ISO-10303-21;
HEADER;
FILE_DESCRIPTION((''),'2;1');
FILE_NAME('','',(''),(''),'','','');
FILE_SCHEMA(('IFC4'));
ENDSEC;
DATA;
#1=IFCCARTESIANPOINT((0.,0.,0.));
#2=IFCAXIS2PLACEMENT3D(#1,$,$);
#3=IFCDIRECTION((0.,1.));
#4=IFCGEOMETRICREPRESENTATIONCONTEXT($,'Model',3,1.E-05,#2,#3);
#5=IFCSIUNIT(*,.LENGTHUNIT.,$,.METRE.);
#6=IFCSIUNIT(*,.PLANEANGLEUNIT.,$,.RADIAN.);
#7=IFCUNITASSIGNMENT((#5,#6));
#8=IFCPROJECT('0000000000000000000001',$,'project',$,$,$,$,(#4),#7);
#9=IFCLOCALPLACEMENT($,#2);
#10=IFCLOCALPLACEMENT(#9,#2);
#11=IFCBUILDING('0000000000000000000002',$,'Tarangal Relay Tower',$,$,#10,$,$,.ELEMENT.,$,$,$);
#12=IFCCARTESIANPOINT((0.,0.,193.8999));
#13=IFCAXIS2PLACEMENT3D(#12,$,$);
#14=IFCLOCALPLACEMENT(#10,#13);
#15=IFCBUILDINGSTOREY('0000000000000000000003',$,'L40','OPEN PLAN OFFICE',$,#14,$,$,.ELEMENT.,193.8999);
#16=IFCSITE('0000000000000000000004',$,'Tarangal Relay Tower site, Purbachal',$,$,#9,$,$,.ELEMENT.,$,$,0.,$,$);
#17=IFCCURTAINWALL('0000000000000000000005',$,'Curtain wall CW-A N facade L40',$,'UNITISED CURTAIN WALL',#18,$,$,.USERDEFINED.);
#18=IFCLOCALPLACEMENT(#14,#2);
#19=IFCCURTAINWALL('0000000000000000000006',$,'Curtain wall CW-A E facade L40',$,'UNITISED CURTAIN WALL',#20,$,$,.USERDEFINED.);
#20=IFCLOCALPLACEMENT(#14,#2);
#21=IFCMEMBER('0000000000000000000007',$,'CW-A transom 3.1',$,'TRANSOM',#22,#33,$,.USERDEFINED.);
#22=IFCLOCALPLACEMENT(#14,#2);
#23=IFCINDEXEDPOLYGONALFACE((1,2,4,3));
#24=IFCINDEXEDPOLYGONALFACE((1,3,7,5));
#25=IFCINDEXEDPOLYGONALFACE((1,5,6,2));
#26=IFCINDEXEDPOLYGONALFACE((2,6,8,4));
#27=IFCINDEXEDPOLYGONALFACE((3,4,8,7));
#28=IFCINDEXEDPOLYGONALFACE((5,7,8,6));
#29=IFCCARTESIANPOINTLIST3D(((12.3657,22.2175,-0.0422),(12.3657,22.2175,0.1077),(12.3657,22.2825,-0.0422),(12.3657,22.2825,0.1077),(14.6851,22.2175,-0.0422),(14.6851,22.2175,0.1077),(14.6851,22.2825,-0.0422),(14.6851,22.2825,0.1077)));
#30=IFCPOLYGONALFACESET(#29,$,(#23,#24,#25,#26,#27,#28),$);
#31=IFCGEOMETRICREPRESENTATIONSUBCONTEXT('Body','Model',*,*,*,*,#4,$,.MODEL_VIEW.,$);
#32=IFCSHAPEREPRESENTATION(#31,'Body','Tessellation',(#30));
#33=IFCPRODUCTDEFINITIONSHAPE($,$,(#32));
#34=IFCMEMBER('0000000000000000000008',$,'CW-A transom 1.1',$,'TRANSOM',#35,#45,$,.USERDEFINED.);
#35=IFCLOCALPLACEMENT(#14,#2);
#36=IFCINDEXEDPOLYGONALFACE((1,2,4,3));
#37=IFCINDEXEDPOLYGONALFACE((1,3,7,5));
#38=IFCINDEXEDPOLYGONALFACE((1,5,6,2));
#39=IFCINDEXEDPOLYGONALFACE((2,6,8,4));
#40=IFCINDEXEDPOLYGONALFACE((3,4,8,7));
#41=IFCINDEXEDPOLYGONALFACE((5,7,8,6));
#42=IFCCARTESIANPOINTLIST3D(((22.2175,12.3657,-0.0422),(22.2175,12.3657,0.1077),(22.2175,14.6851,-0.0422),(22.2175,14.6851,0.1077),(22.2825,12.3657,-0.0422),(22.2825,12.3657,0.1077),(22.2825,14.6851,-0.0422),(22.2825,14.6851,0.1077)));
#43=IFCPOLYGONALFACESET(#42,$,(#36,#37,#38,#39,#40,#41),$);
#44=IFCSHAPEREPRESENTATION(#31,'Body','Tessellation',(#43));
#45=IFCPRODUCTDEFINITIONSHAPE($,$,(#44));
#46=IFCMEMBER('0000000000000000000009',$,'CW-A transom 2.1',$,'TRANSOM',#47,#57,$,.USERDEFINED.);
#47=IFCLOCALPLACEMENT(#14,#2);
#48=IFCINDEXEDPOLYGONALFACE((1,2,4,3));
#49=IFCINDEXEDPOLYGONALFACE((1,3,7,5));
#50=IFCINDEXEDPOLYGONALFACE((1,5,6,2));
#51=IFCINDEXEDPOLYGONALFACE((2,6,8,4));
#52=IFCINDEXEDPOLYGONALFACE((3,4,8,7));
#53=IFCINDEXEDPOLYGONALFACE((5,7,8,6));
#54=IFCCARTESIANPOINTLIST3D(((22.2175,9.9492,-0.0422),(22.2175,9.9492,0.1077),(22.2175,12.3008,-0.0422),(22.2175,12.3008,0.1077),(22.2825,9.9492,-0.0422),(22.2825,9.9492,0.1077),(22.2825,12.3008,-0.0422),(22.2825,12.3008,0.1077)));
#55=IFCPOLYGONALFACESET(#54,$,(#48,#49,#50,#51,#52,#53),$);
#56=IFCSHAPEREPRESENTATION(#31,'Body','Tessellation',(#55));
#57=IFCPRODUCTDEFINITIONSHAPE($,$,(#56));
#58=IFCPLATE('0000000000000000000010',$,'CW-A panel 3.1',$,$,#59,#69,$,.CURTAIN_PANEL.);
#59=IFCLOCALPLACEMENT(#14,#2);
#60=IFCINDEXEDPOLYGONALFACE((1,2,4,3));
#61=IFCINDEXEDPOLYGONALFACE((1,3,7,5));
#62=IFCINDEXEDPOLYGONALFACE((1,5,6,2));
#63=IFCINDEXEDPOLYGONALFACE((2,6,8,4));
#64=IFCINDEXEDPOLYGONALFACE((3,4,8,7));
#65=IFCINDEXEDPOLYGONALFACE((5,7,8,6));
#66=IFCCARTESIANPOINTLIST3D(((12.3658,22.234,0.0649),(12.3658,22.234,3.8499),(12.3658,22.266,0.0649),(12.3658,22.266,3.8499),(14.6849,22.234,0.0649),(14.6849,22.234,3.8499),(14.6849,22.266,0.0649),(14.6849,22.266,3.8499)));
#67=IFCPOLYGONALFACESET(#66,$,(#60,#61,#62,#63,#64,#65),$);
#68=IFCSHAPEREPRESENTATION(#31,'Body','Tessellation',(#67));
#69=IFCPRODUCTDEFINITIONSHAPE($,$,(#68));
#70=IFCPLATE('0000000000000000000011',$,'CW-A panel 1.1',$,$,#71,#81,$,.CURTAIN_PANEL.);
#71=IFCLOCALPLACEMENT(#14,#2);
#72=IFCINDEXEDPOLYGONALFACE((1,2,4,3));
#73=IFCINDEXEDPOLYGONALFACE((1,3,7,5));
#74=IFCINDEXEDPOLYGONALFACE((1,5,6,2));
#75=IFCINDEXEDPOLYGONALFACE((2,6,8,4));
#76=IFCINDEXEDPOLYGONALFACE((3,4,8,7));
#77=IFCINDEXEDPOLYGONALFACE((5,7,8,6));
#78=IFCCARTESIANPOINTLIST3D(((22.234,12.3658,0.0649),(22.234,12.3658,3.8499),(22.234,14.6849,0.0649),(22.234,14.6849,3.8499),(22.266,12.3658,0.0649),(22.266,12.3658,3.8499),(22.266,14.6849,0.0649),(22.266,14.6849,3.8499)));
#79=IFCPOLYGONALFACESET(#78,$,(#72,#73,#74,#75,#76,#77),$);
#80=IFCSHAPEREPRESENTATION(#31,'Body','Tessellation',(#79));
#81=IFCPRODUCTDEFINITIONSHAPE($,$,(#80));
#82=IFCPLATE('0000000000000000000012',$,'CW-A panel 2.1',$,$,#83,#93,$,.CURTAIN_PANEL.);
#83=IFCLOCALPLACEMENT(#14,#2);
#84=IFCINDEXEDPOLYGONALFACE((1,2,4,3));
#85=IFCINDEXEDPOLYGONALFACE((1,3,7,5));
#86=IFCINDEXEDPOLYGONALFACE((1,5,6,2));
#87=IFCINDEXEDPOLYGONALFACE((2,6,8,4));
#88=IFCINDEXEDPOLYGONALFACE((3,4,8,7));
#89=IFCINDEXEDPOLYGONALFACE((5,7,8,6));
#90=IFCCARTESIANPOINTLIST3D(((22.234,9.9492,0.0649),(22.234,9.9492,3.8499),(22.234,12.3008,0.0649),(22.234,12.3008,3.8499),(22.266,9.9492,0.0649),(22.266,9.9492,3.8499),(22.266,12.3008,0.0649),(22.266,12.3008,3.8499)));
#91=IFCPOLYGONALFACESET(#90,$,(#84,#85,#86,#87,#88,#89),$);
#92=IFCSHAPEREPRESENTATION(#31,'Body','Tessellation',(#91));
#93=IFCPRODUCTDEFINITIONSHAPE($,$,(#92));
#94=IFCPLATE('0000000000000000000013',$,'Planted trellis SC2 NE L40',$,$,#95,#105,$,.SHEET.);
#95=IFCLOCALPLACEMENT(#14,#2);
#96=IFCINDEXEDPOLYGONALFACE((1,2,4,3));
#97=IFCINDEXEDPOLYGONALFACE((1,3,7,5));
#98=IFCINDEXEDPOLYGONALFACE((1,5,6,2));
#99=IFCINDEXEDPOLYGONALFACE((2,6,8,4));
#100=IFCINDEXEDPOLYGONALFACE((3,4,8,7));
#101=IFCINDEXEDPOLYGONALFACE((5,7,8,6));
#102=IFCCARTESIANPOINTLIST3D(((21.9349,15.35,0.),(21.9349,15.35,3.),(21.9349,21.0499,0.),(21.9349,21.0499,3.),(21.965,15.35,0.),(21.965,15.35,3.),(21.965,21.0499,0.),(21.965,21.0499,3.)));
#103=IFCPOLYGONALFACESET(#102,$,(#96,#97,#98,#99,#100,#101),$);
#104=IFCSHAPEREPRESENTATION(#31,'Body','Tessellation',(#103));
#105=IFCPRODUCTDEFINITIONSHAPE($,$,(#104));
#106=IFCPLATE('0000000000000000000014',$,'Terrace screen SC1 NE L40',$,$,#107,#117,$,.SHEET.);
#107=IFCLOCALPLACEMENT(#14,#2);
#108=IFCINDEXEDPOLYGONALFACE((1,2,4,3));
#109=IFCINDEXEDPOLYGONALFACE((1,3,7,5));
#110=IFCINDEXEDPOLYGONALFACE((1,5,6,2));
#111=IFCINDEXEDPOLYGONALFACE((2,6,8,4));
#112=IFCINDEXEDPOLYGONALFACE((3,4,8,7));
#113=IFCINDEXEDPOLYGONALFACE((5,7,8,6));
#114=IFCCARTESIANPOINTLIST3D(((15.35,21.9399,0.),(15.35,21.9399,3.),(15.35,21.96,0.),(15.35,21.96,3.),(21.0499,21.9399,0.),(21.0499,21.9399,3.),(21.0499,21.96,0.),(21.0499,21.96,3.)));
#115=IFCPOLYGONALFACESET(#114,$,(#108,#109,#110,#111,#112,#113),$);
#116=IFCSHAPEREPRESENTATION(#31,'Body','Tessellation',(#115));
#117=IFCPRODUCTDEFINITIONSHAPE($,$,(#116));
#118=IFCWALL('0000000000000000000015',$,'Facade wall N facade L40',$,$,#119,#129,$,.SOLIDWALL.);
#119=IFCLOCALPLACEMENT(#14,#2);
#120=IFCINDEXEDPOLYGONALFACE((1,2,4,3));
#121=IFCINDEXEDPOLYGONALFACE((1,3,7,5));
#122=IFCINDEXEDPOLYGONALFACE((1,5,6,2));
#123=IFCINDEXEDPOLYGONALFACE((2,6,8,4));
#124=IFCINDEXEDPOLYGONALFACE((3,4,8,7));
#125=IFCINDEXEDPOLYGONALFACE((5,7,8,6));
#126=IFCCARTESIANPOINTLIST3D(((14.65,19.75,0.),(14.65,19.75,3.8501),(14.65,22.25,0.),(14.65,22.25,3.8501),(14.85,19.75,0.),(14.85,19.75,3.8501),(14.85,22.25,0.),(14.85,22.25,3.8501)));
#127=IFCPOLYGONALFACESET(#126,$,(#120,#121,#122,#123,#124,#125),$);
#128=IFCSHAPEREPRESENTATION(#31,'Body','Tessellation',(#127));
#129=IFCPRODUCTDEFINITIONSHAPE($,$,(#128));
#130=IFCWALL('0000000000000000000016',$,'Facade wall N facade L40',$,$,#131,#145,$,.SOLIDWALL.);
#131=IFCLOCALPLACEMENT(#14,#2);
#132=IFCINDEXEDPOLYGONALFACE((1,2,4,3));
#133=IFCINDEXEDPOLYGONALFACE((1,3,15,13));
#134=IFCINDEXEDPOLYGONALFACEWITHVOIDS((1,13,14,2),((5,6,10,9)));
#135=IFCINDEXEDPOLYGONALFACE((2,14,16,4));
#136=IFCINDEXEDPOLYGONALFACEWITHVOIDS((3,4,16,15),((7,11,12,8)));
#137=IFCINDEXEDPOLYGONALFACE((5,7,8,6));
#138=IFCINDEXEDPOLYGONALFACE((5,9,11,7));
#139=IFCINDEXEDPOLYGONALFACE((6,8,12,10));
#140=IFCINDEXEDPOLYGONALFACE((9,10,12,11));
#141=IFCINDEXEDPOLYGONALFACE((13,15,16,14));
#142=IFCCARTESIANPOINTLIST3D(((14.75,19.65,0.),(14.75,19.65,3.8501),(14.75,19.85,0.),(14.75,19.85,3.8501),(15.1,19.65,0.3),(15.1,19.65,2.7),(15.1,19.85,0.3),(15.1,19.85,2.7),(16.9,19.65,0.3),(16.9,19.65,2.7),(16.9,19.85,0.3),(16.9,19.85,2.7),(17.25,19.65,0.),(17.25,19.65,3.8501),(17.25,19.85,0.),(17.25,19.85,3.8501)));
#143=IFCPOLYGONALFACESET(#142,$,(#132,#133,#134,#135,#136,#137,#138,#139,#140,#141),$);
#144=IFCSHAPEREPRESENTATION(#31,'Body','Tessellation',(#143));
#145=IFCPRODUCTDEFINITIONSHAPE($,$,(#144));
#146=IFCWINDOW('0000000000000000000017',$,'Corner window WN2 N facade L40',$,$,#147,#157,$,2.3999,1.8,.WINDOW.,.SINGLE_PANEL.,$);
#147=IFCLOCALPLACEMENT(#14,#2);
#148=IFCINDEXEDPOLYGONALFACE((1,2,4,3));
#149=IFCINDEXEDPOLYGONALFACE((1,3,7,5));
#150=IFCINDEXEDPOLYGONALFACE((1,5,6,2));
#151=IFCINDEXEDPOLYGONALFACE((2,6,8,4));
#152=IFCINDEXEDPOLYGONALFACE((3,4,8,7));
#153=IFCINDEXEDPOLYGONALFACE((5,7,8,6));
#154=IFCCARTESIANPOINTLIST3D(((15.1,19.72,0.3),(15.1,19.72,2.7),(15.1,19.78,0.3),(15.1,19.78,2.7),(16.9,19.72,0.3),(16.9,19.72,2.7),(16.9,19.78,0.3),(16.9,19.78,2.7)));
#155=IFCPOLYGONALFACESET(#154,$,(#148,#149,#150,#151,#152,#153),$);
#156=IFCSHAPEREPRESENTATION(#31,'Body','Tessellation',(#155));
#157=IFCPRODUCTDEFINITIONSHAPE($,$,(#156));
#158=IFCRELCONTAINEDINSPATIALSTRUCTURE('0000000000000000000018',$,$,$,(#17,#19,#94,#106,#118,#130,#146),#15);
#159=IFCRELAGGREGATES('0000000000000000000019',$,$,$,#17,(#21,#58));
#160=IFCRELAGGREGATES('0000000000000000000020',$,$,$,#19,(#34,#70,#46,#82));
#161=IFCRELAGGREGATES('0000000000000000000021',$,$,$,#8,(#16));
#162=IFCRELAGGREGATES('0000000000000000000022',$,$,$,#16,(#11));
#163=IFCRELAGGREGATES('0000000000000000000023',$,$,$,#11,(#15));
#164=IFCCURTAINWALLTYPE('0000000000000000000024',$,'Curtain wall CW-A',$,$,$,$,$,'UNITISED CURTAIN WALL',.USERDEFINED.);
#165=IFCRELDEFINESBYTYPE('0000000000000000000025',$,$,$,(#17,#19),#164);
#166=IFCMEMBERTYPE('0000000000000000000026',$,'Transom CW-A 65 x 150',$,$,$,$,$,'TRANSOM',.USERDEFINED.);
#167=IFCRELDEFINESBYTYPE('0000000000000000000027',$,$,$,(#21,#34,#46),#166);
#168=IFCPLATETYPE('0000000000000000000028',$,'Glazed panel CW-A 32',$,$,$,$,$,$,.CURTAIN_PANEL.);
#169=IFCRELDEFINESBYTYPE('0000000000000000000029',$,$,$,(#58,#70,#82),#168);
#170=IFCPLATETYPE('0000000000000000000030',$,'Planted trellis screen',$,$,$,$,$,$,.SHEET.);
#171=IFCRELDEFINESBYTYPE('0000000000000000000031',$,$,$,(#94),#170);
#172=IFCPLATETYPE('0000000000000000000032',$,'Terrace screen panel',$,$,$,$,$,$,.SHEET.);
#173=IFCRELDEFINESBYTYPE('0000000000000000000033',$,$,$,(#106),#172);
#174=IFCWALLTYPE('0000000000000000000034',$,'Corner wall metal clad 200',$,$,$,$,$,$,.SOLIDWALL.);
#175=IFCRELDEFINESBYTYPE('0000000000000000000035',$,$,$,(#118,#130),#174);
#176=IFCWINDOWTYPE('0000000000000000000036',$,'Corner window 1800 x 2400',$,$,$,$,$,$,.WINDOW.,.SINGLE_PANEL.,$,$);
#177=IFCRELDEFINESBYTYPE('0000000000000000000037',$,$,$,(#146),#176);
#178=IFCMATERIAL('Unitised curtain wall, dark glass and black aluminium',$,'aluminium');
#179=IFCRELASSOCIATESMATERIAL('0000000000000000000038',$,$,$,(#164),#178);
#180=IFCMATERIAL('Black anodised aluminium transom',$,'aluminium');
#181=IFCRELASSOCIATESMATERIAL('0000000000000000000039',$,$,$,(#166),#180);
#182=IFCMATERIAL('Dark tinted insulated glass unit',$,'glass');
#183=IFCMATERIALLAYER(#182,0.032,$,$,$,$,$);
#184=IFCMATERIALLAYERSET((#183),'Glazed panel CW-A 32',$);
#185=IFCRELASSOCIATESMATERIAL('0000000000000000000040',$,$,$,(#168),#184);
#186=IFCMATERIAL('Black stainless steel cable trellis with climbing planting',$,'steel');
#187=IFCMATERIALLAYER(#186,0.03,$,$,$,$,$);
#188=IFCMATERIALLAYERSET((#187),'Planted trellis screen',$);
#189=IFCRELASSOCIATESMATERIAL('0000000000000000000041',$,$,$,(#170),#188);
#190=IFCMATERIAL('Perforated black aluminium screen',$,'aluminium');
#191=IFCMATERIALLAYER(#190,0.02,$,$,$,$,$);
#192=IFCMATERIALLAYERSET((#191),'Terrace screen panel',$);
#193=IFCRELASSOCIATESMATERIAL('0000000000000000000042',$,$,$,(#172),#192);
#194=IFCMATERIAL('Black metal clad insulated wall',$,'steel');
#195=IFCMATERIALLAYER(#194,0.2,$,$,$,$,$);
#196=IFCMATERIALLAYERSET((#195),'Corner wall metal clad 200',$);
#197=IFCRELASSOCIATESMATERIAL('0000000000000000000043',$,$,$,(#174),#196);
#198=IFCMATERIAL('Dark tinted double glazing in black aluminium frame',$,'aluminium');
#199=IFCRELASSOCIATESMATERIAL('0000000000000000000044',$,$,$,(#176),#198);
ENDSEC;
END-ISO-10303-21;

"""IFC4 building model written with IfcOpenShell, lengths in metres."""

from ifc_helpers import new_model, si_unit, direction, frame, frame_2d, origin, origin_2d, place, context, subcontext, project, spatial, rectangle, extrude, material, layer, layer_set, material_profile, profile_set, type_object, element, fill, aggregate, save


model = new_model("IFC4")

# Units and contexts
model_context = context("Model", 3, precision=1e-05, world=origin(), true_north=direction((0.0, 1.0)))
body_context = subcontext(model_context, "Body", "Model", "MODEL_VIEW")
ifc_project = project(units=[si_unit("LENGTHUNIT", "METRE"), si_unit("PLANEANGLEUNIT", "RADIAN")], contexts=[model_context])

# Site, building, storey
site_placement = place(None, origin())
site = spatial("IfcSite", under=ifc_project, at=site_placement, Name="Tarangal Relay Tower site, Purbachal", CompositionType="ELEMENT", RefElevation=0.0)
building_placement = place(site_placement, origin())
building = spatial("IfcBuilding", under=site, at=building_placement, Name="Tarangal Relay Tower", CompositionType="ELEMENT")
storey_placement = place(building_placement, frame((0.0, 0.0, 193.8999)))
storey = spatial("IfcBuildingStorey", under=building, at=storey_placement, Name="L40", Description="OPEN PLAN OFFICE", CompositionType="ELEMENT", Elevation=193.8999)

# Curtain walls
ifc_material_1 = material(Name="Unitised curtain wall, dark glass and black aluminium", Category="aluminium")
curtain_wall_type = type_object("IfcCurtainWallType", Name="Curtain wall CW-A", ElementType="UNITISED CURTAIN WALL", PredefinedType="USERDEFINED", material=ifc_material_1)
curtain_wall_1_placement = place(storey_placement, origin())
curtain_wall_1 = element("IfcCurtainWall", 1, at=curtain_wall_1_placement, inside=storey, type_object=curtain_wall_type, Name="Curtain wall CW-A N facade L40", ObjectType="UNITISED CURTAIN WALL", PredefinedType="USERDEFINED")
curtain_wall_2_placement = place(storey_placement, origin())
curtain_wall_2 = element("IfcCurtainWall", 2, at=curtain_wall_2_placement, inside=storey, type_object=curtain_wall_type, Name="Curtain wall CW-A E facade L40", ObjectType="UNITISED CURTAIN WALL", PredefinedType="USERDEFINED")

# Members
ifc_material_2 = material(Name="Black anodised aluminium transom", Category="aluminium")
ifc_material_profile_1 = material_profile(ifc_material_2, rectangle(XDim=0.0649, YDim=0.1499, at=origin_2d()), Name="CW-AT 65X150")
ifc_profile_set_1 = profile_set([ifc_material_profile_1], Name="Black anodised aluminium transom")
member_type_1 = type_object("IfcMemberType", Name="Transom CW-A 65 x 150", ElementType="TRANSOM", PredefinedType="USERDEFINED", material=ifc_profile_set_1)
member_1_placement = place(storey_placement, frame((12.3657, 22.25, 0.0327), z_axis=(1.0, 0.0, 0.0), x_axis=(0.0, 1.0, 0.0)))
member_1 = element("IfcMember", 3, at=member_1_placement, type_object=member_type_1, Name="CW-A transom 3.1", ObjectType="TRANSOM", PredefinedType="USERDEFINED", context=body_context, shape_type="SweptSolid", body=[
    extrude(rectangle(XDim=0.0649, YDim=0.1499, at=origin_2d()), origin(), (0.0, 0.0, 1.0), 2.3193),
])
member_2_placement = place(storey_placement, frame((22.25, 14.6851, 0.0327), z_axis=(0.0, -1.0, 0.0), x_axis=(1.0, 0.0, 0.0)))
member_2 = element("IfcMember", 4, at=member_2_placement, type_object=member_type_1, Name="CW-A transom 1.1", ObjectType="TRANSOM", PredefinedType="USERDEFINED", context=body_context, shape_type="SweptSolid", body=[
    extrude(rectangle(XDim=0.0649, YDim=0.1499, at=origin_2d()), origin(), (0.0, 0.0, 1.0), 2.3193),
])
member_3_placement = place(storey_placement, frame((22.25, 12.3008, 0.0327), z_axis=(0.0, -1.0, 0.0), x_axis=(1.0, 0.0, 0.0)))
member_3 = element("IfcMember", 5, at=member_3_placement, type_object=member_type_1, Name="CW-A transom 2.1", ObjectType="TRANSOM", PredefinedType="USERDEFINED", context=body_context, shape_type="SweptSolid", body=[
    extrude(rectangle(XDim=0.0649, YDim=0.1499, at=origin_2d()), origin(), (0.0, 0.0, 1.0), 2.3516),
])

# Plates
ifc_material_3 = material(Name="Dark tinted insulated glass unit", Category="glass")
ifc_layer_1 = layer(ifc_material_3, 0.032)
ifc_layer_set_1 = layer_set([ifc_layer_1], Name="Glazed panel CW-A 32")
plate_type_1 = type_object("IfcPlateType", Name="Glazed panel CW-A 32", PredefinedType="CURTAIN_PANEL", material=ifc_layer_set_1)
plate_1_placement = place(storey_placement, frame((13.5254, 22.25, 0.0649), z_axis=(0.0, 0.0, 1.0), x_axis=(1.0, 0.0, 0.0)))
plate_1 = element("IfcPlate", 6, at=plate_1_placement, type_object=plate_type_1, Name="CW-A panel 3.1", PredefinedType="CURTAIN_PANEL", context=body_context, shape_type="SweptSolid", body=[
    extrude(rectangle(XDim=2.3191, YDim=0.032, at=origin_2d()), origin(), (0.0, 0.0, 1.0), 3.7849),
])
aggregate(curtain_wall_1, [member_1, plate_1])
plate_2_placement = place(storey_placement, frame((22.25, 13.5254, 0.0649), z_axis=(0.0, 0.0, 1.0), x_axis=(0.0, -1.0, 0.0)))
plate_2 = element("IfcPlate", 7, at=plate_2_placement, type_object=plate_type_1, Name="CW-A panel 1.1", PredefinedType="CURTAIN_PANEL", context=body_context, shape_type="SweptSolid", body=[
    extrude(rectangle(XDim=2.3191, YDim=0.032, at=origin_2d()), origin(), (0.0, 0.0, 1.0), 3.7849),
])
plate_3_placement = place(storey_placement, frame((22.25, 11.125, 0.0649), z_axis=(0.0, 0.0, 1.0), x_axis=(0.0, -1.0, 0.0)))
plate_3 = element("IfcPlate", 8, at=plate_3_placement, type_object=plate_type_1, Name="CW-A panel 2.1", PredefinedType="CURTAIN_PANEL", context=body_context, shape_type="SweptSolid", body=[
    extrude(rectangle(XDim=2.3516, YDim=0.032, at=origin_2d()), origin(), (0.0, 0.0, 1.0), 3.7849),
])
aggregate(curtain_wall_2, [member_2, plate_2, member_3, plate_3])

# Plates
ifc_material_4 = material(Name="Black stainless steel cable trellis with climbing planting", Category="steel")
ifc_layer_2 = layer(ifc_material_4, 0.03)
ifc_layer_set_2 = layer_set([ifc_layer_2], Name="Planted trellis screen")
plate_type_2 = type_object("IfcPlateType", Name="Planted trellis screen", PredefinedType="SHEET", material=ifc_layer_set_2)
plate_4_placement = place(storey_placement, frame((21.95, 18.2, 0.0), z_axis=(0.0, 0.0, 1.0), x_axis=(0.0, -1.0, 0.0)))
element("IfcPlate", 9, at=plate_4_placement, inside=storey, type_object=plate_type_2, Name="Planted trellis SC2 NE L40", PredefinedType="SHEET", context=body_context, shape_type="SweptSolid", body=[
    extrude(rectangle(XDim=5.7, YDim=0.03, at=origin_2d()), origin(), (0.0, 0.0, 1.0), 3.0),
])
ifc_material_5 = material(Name="Perforated black aluminium screen", Category="aluminium")
ifc_layer_3 = layer(ifc_material_5, 0.02)
ifc_layer_set_3 = layer_set([ifc_layer_3], Name="Terrace screen panel")
plate_type_3 = type_object("IfcPlateType", Name="Terrace screen panel", PredefinedType="SHEET", material=ifc_layer_set_3)
plate_5_placement = place(storey_placement, frame((18.2, 21.95, 0.0), z_axis=(0.0, 0.0, 1.0), x_axis=(1.0, 0.0, 0.0)))
element("IfcPlate", 10, at=plate_5_placement, inside=storey, type_object=plate_type_3, Name="Terrace screen SC1 NE L40", PredefinedType="SHEET", context=body_context, shape_type="SweptSolid", body=[
    extrude(rectangle(XDim=5.7, YDim=0.02, at=origin_2d()), origin(), (0.0, 0.0, 1.0), 3.0),
])

# Wall
ifc_material_6 = material(Name="Black metal clad insulated wall", Category="steel")
ifc_layer_4 = layer(ifc_material_6, 0.2)
ifc_layer_set_4 = layer_set([ifc_layer_4], Name="Corner wall metal clad 200")
wall_type_1 = type_object("IfcWallType", Name="Corner wall metal clad 200", PredefinedType="SOLIDWALL", material=ifc_layer_set_4)
wall_1_placement = place(storey_placement, frame((14.75, 22.25, 0.0), z_axis=(0.0, 0.0, 1.0), x_axis=(0.0, -1.0, 0.0)))
element("IfcWall", 11, at=wall_1_placement, inside=storey, type_object=wall_type_1, Name="Facade wall N facade L40", PredefinedType="SOLIDWALL", context=body_context, shape_type="SweptSolid", body=[
    extrude(rectangle(XDim=2.5, YDim=0.2, at=frame_2d((1.25, 0.0))), origin(), (0.0, 0.0, 1.0), 3.8501),
])

# Wall, opening, window
wall_2_placement = place(storey_placement, frame((14.75, 19.75, 0.0), z_axis=(0.0, 0.0, 1.0), x_axis=(1.0, 0.0, 0.0)))
wall_2 = element("IfcWall", 12, at=wall_2_placement, inside=storey, type_object=wall_type_1, Name="Facade wall N facade L40", PredefinedType="SOLIDWALL", context=body_context, shape_type="SweptSolid", body=[
    extrude(rectangle(XDim=2.5, YDim=0.2, at=frame_2d((1.25, 0.0))), origin(), (0.0, 0.0, 1.0), 3.8501),
])
opening_1_placement = place(wall_2_placement, frame((0.3501, 0.0, 0.3)))
opening_1 = element("IfcOpeningElement", 13, at=opening_1_placement, cuts=wall_2, PredefinedType="OPENING", context=body_context, shape_type="SweptSolid", body=[
    extrude(rectangle(XDim=1.8, YDim=2.3999, at=frame_2d((0.8999, 1.2))), frame((0.0, 0.1099, 0.0), z_axis=(0.0, -1.0, 0.0), x_axis=(1.0, 0.0, 0.0)), (0.0, 0.0, 1.0), 0.22),
])
ifc_material_7 = material(Name="Dark tinted double glazing in black aluminium frame", Category="aluminium")
window_type = type_object("IfcWindowType", Name="Corner window 1800 x 2400", PartitioningType="SINGLE_PANEL", PredefinedType="WINDOW", material=ifc_material_7)
window_1_placement = place(opening_1_placement, origin())
window_1 = element("IfcWindow", 14, at=window_1_placement, inside=storey, type_object=window_type, Name="Corner window WN2 N facade L40", OverallHeight=2.3999, OverallWidth=1.8, PartitioningType="SINGLE_PANEL", PredefinedType="WINDOW", context=body_context, shape_type="SweptSolid", body=[
    extrude(rectangle(XDim=1.8, YDim=2.3999, at=frame_2d((0.8999, 1.2))), frame((0.0, 0.03, 0.0), z_axis=(0.0, -1.0, 0.0), x_axis=(1.0, 0.0, 0.0)), (0.0, 0.0, 1.0), 0.0601),
])
fill(opening_1, window_1)

save(model, "model.ifc")
